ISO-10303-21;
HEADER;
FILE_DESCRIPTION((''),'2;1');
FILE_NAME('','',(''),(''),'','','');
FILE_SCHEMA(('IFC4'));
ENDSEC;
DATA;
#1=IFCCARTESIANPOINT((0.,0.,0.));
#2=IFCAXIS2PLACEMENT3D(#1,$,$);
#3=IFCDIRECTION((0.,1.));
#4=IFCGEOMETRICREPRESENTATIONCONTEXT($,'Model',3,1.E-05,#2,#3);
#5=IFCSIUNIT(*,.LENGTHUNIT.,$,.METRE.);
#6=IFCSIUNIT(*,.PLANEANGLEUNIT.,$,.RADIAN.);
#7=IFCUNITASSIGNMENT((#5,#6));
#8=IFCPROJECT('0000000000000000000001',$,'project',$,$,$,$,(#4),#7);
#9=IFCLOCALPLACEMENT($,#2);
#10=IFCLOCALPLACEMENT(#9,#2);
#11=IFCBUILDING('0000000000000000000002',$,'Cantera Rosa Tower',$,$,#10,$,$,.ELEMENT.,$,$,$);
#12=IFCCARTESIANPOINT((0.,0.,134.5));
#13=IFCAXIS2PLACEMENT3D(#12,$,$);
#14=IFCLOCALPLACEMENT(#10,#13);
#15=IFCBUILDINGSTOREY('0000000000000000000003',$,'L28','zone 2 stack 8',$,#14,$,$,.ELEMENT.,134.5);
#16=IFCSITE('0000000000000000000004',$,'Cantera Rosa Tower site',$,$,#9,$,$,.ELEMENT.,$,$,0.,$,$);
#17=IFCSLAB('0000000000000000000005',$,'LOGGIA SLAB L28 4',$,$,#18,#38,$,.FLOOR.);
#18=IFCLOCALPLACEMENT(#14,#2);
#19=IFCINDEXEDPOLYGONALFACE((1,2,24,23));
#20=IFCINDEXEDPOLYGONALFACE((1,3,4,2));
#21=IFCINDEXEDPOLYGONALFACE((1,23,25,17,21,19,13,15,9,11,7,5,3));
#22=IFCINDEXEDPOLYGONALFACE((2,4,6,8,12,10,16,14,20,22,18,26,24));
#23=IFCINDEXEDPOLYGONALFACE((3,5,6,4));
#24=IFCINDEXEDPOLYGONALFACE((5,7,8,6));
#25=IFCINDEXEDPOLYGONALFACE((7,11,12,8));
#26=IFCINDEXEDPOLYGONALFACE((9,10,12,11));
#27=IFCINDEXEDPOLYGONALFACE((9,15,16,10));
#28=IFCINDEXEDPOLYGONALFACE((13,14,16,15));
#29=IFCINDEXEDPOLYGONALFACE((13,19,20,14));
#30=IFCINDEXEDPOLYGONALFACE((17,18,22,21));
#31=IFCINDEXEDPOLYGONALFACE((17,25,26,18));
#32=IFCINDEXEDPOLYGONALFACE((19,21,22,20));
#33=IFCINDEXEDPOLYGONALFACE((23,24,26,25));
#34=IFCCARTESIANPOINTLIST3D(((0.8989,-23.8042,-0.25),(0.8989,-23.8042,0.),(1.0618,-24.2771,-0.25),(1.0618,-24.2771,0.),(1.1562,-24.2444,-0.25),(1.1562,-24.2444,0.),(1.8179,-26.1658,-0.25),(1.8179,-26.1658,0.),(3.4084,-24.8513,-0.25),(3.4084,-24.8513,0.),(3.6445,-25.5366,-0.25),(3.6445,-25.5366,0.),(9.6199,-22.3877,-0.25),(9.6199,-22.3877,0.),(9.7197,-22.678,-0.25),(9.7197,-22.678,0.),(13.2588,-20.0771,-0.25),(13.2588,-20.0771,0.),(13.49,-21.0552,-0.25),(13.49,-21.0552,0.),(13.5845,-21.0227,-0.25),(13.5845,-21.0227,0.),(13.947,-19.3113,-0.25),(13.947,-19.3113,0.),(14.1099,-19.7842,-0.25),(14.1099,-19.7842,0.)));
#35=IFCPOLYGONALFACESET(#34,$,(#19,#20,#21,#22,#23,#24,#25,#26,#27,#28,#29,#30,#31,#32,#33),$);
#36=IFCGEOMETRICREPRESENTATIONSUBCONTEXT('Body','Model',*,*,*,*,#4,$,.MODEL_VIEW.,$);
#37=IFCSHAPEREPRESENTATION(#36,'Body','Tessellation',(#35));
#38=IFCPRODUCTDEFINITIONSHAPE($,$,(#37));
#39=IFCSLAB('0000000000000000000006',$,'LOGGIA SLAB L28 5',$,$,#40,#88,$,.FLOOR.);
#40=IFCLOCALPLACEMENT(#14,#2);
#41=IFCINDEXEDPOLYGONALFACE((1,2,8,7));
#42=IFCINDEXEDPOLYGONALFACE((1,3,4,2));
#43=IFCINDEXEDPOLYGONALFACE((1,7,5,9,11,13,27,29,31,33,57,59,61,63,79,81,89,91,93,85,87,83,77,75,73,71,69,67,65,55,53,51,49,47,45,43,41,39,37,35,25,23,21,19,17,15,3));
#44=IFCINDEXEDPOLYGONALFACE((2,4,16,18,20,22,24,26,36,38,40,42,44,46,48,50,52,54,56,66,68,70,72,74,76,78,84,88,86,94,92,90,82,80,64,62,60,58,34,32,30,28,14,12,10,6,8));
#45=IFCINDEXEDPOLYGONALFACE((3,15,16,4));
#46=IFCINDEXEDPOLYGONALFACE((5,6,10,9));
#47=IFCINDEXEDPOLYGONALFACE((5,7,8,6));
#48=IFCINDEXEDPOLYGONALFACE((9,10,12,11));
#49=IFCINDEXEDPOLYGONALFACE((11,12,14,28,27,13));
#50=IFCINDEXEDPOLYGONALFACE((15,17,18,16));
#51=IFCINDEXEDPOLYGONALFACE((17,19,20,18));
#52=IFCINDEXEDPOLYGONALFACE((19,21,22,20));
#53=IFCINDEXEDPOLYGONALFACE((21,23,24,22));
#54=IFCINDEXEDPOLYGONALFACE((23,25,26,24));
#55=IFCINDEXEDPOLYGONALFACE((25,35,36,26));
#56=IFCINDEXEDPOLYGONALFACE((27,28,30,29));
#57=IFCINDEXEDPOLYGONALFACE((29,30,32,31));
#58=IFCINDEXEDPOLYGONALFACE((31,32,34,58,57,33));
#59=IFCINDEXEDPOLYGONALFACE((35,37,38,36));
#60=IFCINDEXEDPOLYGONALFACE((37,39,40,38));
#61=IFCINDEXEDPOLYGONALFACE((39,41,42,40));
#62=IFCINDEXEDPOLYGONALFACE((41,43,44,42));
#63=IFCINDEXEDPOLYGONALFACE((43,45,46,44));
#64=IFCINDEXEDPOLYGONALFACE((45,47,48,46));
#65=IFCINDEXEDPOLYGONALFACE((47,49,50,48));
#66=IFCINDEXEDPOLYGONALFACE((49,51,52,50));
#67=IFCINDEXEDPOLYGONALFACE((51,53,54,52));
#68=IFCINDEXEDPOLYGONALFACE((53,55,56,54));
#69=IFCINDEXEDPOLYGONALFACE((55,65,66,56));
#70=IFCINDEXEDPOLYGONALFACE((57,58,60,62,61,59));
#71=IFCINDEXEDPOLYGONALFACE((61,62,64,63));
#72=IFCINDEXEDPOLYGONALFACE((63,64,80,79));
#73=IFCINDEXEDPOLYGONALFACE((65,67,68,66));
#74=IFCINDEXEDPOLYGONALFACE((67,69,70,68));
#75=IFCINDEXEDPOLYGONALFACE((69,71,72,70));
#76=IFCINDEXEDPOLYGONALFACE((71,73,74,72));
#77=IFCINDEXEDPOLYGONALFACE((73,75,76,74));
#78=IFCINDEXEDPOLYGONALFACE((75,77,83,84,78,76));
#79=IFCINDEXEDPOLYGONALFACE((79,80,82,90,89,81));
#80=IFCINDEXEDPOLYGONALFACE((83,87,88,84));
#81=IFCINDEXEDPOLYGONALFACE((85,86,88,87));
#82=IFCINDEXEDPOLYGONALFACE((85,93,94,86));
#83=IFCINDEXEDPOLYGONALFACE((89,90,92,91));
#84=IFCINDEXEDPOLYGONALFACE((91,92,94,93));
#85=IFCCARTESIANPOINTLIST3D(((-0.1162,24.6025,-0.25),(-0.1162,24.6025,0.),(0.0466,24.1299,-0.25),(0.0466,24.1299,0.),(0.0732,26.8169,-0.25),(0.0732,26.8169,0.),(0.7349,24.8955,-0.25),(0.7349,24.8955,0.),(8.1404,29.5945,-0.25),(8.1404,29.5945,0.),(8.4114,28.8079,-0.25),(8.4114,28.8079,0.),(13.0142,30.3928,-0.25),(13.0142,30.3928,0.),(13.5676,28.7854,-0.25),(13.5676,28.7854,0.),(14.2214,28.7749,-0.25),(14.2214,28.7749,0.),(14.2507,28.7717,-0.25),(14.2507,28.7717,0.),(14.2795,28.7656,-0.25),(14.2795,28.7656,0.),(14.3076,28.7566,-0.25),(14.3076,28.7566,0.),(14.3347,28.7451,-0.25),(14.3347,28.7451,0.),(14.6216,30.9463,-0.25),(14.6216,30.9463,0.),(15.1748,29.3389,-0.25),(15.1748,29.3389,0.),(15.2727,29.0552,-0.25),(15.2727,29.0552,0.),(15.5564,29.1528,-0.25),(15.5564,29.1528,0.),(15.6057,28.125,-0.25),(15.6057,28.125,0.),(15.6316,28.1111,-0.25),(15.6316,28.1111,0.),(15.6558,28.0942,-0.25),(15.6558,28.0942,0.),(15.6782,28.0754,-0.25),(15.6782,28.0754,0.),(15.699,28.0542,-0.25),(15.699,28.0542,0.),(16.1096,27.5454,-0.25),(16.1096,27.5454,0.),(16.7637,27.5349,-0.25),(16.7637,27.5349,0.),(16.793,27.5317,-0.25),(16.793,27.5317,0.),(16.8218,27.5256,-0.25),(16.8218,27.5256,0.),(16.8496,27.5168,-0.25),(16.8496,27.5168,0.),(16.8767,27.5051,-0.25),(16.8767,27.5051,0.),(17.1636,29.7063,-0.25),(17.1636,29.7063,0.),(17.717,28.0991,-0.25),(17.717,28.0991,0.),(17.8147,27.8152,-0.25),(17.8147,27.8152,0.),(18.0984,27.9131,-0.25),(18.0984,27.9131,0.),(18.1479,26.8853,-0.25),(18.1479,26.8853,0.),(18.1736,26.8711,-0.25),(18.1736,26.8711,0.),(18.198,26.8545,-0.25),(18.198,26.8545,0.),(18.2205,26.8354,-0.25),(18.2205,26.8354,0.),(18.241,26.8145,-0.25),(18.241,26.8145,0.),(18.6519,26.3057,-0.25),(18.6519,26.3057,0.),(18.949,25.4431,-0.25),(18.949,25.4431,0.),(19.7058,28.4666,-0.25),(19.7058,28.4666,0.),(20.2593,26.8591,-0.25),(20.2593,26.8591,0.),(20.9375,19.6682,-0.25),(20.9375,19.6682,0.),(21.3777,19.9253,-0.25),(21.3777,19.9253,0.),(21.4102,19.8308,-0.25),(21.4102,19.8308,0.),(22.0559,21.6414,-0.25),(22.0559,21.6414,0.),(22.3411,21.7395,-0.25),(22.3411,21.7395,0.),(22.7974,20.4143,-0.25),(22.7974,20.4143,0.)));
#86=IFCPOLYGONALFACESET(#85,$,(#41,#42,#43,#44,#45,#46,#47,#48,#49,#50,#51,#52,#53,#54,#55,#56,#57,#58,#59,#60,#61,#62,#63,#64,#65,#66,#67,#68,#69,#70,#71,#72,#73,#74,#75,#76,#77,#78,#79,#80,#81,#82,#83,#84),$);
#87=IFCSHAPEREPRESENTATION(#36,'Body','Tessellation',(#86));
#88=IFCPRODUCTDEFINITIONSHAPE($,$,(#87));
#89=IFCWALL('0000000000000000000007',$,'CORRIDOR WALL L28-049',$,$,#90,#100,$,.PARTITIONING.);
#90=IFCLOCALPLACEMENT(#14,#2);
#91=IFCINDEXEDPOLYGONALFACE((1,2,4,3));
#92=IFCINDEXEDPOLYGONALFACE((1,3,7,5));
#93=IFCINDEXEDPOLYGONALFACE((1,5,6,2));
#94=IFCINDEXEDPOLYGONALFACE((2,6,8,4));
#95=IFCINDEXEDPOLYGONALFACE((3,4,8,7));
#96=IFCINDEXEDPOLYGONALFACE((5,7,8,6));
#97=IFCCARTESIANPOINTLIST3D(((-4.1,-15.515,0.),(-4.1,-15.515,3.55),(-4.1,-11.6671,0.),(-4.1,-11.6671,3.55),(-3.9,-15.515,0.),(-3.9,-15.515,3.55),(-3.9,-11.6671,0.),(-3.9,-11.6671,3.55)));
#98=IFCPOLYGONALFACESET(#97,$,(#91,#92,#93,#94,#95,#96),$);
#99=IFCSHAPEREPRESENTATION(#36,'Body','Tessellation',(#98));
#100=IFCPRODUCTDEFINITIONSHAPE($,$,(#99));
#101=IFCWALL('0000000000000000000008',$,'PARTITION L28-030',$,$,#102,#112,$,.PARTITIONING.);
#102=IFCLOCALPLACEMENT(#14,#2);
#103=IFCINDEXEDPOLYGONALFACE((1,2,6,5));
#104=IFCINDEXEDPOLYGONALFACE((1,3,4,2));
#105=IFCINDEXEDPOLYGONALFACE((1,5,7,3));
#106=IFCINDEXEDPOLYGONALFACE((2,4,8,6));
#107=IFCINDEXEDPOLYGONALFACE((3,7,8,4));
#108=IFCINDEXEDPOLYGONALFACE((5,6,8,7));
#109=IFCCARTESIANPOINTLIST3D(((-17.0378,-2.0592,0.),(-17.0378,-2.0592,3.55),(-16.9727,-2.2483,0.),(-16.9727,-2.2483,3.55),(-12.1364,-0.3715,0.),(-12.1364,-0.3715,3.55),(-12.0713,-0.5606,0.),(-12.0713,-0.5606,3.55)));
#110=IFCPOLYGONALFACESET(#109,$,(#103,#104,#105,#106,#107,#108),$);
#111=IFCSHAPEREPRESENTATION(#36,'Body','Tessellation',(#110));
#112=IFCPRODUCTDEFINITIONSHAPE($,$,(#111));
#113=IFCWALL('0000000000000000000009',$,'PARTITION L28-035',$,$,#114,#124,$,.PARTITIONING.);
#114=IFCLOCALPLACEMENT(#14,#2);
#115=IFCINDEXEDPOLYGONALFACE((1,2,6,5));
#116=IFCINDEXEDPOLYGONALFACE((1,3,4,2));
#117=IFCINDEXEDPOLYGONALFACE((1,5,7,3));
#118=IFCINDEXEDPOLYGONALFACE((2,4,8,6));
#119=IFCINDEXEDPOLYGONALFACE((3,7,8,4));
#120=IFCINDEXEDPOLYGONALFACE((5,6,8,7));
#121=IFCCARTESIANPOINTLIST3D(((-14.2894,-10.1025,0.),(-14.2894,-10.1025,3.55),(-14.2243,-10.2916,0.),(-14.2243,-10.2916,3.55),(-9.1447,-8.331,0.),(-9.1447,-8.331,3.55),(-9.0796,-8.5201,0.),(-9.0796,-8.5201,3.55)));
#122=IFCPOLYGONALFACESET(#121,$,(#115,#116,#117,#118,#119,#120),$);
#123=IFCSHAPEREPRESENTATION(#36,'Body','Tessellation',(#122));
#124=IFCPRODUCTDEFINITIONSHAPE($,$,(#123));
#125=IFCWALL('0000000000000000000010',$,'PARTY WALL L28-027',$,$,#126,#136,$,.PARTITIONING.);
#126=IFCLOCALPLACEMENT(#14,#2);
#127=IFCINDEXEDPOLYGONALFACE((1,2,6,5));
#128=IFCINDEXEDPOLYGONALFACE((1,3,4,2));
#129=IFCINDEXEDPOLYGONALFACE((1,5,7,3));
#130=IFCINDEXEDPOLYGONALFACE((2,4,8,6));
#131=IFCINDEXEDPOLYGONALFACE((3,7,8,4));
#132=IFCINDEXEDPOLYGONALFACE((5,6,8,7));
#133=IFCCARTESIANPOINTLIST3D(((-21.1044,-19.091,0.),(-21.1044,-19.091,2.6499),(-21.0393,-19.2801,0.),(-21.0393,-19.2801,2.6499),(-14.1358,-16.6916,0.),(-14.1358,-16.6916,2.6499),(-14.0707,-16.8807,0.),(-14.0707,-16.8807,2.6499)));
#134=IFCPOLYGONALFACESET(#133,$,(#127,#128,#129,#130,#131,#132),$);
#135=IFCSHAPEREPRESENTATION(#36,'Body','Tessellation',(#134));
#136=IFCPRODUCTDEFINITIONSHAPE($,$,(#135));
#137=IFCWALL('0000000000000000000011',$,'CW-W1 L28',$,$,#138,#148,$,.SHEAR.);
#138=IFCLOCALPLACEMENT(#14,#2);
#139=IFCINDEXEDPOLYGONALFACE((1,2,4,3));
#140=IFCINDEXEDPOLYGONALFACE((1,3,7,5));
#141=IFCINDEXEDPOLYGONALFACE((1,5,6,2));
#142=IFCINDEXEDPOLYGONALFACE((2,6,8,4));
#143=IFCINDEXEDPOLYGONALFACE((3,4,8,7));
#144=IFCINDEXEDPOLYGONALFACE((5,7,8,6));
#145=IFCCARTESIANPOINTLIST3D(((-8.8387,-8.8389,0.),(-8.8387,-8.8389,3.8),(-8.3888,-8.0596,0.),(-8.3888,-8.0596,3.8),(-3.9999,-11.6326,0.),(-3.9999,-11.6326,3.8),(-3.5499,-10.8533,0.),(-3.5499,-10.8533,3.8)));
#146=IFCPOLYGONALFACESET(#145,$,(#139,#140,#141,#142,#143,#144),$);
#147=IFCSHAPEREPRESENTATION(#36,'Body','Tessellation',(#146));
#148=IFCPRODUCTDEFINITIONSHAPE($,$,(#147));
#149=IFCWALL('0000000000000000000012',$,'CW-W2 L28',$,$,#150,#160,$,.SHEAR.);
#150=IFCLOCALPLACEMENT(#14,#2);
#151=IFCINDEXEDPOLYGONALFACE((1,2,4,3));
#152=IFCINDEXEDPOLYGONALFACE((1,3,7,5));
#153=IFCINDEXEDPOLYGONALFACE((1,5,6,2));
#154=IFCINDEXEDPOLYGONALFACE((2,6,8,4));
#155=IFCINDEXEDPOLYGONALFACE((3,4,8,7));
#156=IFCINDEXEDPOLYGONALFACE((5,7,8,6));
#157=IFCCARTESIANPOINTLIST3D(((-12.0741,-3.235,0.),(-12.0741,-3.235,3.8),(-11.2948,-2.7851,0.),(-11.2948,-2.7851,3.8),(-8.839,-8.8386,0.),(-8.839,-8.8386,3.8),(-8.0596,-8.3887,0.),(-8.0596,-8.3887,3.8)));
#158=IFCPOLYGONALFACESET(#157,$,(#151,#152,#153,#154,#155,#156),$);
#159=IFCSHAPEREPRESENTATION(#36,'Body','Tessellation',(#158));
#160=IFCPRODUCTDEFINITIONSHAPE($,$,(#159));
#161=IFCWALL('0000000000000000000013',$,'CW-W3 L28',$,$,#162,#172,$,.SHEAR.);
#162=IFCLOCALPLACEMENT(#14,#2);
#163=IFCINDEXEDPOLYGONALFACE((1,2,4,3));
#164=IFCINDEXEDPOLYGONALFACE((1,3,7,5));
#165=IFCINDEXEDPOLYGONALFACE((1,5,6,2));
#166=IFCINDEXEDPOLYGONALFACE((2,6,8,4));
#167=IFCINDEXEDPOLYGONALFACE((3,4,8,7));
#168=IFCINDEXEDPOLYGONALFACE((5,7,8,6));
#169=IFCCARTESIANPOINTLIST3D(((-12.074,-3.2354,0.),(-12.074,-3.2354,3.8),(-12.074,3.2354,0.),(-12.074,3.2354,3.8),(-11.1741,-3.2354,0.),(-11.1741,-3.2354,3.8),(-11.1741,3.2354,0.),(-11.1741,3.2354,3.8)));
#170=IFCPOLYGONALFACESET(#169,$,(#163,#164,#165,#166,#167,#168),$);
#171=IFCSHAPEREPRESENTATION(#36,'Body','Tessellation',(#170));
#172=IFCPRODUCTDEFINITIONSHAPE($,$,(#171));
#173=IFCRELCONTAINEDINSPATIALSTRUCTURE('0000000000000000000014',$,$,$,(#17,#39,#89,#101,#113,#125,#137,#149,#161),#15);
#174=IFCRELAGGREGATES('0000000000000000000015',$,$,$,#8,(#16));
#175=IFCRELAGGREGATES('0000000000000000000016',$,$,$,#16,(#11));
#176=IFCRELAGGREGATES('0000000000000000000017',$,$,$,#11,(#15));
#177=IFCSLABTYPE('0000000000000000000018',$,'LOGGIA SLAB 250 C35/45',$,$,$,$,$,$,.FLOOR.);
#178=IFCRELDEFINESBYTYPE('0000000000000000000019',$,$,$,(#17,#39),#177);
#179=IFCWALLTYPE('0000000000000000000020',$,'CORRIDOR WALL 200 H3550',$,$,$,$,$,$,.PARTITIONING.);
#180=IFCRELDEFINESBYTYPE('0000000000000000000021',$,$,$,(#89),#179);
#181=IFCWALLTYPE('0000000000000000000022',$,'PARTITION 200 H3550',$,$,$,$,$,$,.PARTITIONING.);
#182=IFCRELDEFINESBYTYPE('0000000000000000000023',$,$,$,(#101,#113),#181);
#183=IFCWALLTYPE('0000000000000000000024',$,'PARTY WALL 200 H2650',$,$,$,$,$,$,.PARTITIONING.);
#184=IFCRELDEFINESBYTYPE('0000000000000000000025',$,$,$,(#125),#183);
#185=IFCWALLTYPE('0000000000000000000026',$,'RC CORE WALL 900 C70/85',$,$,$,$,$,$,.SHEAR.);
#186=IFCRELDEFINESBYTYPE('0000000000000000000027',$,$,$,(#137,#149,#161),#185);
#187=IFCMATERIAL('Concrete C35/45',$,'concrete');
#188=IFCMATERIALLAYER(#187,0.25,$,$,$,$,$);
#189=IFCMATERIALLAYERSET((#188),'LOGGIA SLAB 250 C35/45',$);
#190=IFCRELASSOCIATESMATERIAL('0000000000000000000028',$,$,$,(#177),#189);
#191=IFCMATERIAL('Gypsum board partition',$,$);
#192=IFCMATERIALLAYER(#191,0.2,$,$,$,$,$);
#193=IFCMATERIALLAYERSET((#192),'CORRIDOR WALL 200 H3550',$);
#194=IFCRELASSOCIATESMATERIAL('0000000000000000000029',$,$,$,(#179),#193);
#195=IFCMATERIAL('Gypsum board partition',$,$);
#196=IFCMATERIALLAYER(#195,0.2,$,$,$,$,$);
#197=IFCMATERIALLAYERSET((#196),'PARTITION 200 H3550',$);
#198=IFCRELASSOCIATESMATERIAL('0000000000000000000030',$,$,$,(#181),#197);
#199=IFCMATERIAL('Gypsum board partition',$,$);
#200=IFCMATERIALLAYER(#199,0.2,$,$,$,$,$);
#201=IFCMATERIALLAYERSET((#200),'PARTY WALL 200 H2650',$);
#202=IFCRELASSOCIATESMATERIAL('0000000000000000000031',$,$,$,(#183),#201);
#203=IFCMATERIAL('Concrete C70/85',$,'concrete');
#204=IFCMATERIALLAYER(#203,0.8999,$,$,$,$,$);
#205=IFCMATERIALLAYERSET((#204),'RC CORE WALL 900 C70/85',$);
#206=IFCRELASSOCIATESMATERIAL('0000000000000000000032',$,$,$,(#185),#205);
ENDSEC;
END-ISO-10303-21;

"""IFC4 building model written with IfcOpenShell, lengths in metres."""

from ifc_helpers import new_model, si_unit, direction, frame, frame_2d, origin, place, context, subcontext, project, spatial, polyline, rectangle, outline, extrude, material, layer, layer_set, type_object, element, save


model = new_model("IFC4")

# Units and contexts
model_context = context("Model", 3, precision=1e-05, world=origin(), true_north=direction((0.0, 1.0)))
body_context = subcontext(model_context, "Body", "Model", "MODEL_VIEW")
ifc_project = project(units=[si_unit("LENGTHUNIT", "METRE"), si_unit("PLANEANGLEUNIT", "RADIAN")], contexts=[model_context])

# Site, building, storey
site_placement = place(None, origin())
site = spatial("IfcSite", under=ifc_project, at=site_placement, Name="Cantera Rosa Tower site", CompositionType="ELEMENT", RefElevation=0.0)
building_placement = place(site_placement, origin())
building = spatial("IfcBuilding", under=site, at=building_placement, Name="Cantera Rosa Tower", CompositionType="ELEMENT")
storey_placement = place(building_placement, frame((0.0, 0.0, 134.5)))
storey = spatial("IfcBuildingStorey", under=building, at=storey_placement, Name="L28", Description="zone 2 stack 8", CompositionType="ELEMENT", Elevation=134.5)

# Slabs
ifc_material_1 = material(Name="Concrete C35/45", Category="concrete")
ifc_layer_1 = layer(ifc_material_1, 0.25)
ifc_layer_set_1 = layer_set([ifc_layer_1], Name="LOGGIA SLAB 250 C35/45")
slab_type_1 = type_object("IfcSlabType", Name="LOGGIA SLAB 250 C35/45", PredefinedType="FLOOR", material=ifc_layer_set_1)
slab_1_placement = place(storey_placement, frame((0.0, 0.0, -0.25)))
element("IfcSlab", 1, at=slab_1_placement, inside=storey, type_object=slab_type_1, Name="LOGGIA SLAB L28 4", PredefinedType="FLOOR", context=body_context, shape_type="SweptSolid", body=[
    extrude(outline(polyline([(14.1099, -19.7842), (13.2588, -20.0771), (13.5845, -21.0227), (13.49, -21.0552), (9.6199, -22.3877), (9.7197, -22.678), (3.4084, -24.8513), (3.6445, -25.5366), (1.8179, -26.1658), (1.1562, -24.2444), (1.0618, -24.2771), (0.8989, -23.8042), (13.947, -19.3113), (14.1099, -19.7842)])), origin(), (0.0, 0.0, 1.0), 0.25),
])
slab_2_placement = place(storey_placement, frame((0.0, 0.0, -0.25)))
element("IfcSlab", 2, at=slab_2_placement, inside=storey, type_object=slab_type_1, Name="LOGGIA SLAB L28 5", PredefinedType="FLOOR", context=body_context, shape_type="SweptSolid", body=[
    extrude(outline(polyline([(15.2727, 29.0552), (15.5564, 29.1528), (17.1636, 29.7063), (17.717, 28.0991), (17.8147, 27.8152), (18.0984, 27.9131), (19.7058, 28.4666), (20.2593, 26.8591), (22.0559, 21.6414), (22.3411, 21.7395), (22.7974, 20.4143), (21.3777, 19.9253), (21.4102, 19.8308), (20.9375, 19.6682), (18.949, 25.4431), (18.6519, 26.3057), (18.241, 26.8145), (18.2205, 26.8354), (18.198, 26.8545), (18.1736, 26.8711), (18.1479, 26.8853), (16.8767, 27.5051), (16.8496, 27.5168), (16.8218, 27.5256), (16.793, 27.5317), (16.7637, 27.5349), (16.1096, 27.5454), (15.699, 28.0542), (15.6782, 28.0754), (15.6558, 28.0942), (15.6316, 28.1111), (15.6057, 28.125), (14.3347, 28.7451), (14.3076, 28.7566), (14.2795, 28.7656), (14.2507, 28.7717), (14.2214, 28.7749), (13.5676, 28.7854), (0.0466, 24.1299), (-0.1162, 24.6025), (0.7349, 24.8955), (0.0732, 26.8169), (8.1404, 29.5945), (8.4114, 28.8079), (13.0142, 30.3928), (14.6216, 30.9463), (15.1748, 29.3389), (15.2727, 29.0552)])), origin(), (0.0, 0.0, 1.0), 0.25),
])

# Walls
ifc_material_2 = material(Name="Gypsum board partition")
ifc_layer_2 = layer(ifc_material_2, 0.2)
ifc_layer_set_2 = layer_set([ifc_layer_2], Name="CORRIDOR WALL 200 H3550")
wall_type_1 = type_object("IfcWallType", Name="CORRIDOR WALL 200 H3550", PredefinedType="PARTITIONING", material=ifc_layer_set_2)
wall_1_placement = place(storey_placement, frame((-4.0, -11.6672, 0.0), z_axis=(0.0, 0.0, 1.0), x_axis=(0.0, -1.0, 0.0)))
element("IfcWall", 3, at=wall_1_placement, inside=storey, type_object=wall_type_1, Name="CORRIDOR WALL L28-049", PredefinedType="PARTITIONING", context=body_context, shape_type="SweptSolid", body=[
    extrude(rectangle(XDim=3.8479, YDim=0.2, at=frame_2d((1.9238, 0.0))), origin(), (0.0, 0.0, 1.0), 3.55),
])
ifc_material_3 = material(Name="Gypsum board partition")
ifc_layer_3 = layer(ifc_material_3, 0.2)
ifc_layer_set_3 = layer_set([ifc_layer_3], Name="PARTITION 200 H3550")
wall_type_2 = type_object("IfcWallType", Name="PARTITION 200 H3550", PredefinedType="PARTITIONING", material=ifc_layer_set_3)
wall_2_placement = place(storey_placement, frame((-12.104, -0.4661, 0.0), z_axis=(0.0, 0.0, 1.0), x_axis=(-0.945515, -0.32558, 0.0)))
element("IfcWall", 4, at=wall_2_placement, inside=storey, type_object=wall_type_2, Name="PARTITION L28-030", PredefinedType="PARTITIONING", context=body_context, shape_type="SweptSolid", body=[
    extrude(rectangle(XDim=5.1838, YDim=0.2, at=frame_2d((2.5918, 0.0))), origin(), (0.0, 0.0, 1.0), 3.55),
])
wall_3_placement = place(storey_placement, frame((-9.1121, -8.4255, 0.0), z_axis=(0.0, 0.0, 1.0), x_axis=(-0.945519, -0.325568, 0.0)))
element("IfcWall", 5, at=wall_3_placement, inside=storey, type_object=wall_type_2, Name="PARTITION L28-035", PredefinedType="PARTITIONING", context=body_context, shape_type="SweptSolid", body=[
    extrude(rectangle(XDim=5.4412, YDim=0.2, at=frame_2d((2.7207, 0.0))), origin(), (0.0, 0.0, 1.0), 3.55),
])
ifc_material_4 = material(Name="Gypsum board partition")
ifc_layer_4 = layer(ifc_material_4, 0.2)
ifc_layer_set_4 = layer_set([ifc_layer_4], Name="PARTY WALL 200 H2650")
wall_type_3 = type_object("IfcWallType", Name="PARTY WALL 200 H2650", PredefinedType="PARTITIONING", material=ifc_layer_set_4)
wall_4_placement = place(storey_placement, frame((-14.1033, -16.7861, 0.0), z_axis=(0.0, 0.0, 1.0), x_axis=(-0.94552, -0.325564, 0.0)))
element("IfcWall", 6, at=wall_4_placement, inside=storey, type_object=wall_type_3, Name="PARTY WALL L28-027", PredefinedType="PARTITIONING", context=body_context, shape_type="SweptSolid", body=[
    extrude(rectangle(XDim=7.3701, YDim=0.2, at=frame_2d((3.6851, 0.0))), origin(), (0.0, 0.0, 1.0), 2.6499),
])
ifc_material_5 = material(Name="Concrete C70/85", Category="concrete")
ifc_layer_5 = layer(ifc_material_5, 0.8999)
ifc_layer_set_5 = layer_set([ifc_layer_5], Name="RC CORE WALL 900 C70/85")
wall_type_4 = type_object("IfcWallType", Name="RC CORE WALL 900 C70/85", PredefinedType="SHEAR", material=ifc_layer_set_5)
wall_5_placement = place(storey_placement, frame((-3.7749, -11.2429, 0.0), z_axis=(0.0, 0.0, 1.0), x_axis=(-0.866027, 0.499997, 0.0)))
element("IfcWall", 7, at=wall_5_placement, inside=storey, type_object=wall_type_4, Name="CW-W1 L28", PredefinedType="SHEAR", context=body_context, shape_type="SweptSolid", body=[
    extrude(rectangle(XDim=5.5874, YDim=0.8999, at=frame_2d((2.7937, 0.0))), origin(), (0.0, 0.0, 1.0), 3.8),
])
wall_6_placement = place(storey_placement, frame((-8.4492, -8.6138, 0.0), z_axis=(0.0, 0.0, 1.0), x_axis=(-0.49999, 0.866031, 0.0)))
element("IfcWall", 8, at=wall_6_placement, inside=storey, type_object=wall_type_4, Name="CW-W2 L28", PredefinedType="SHEAR", context=body_context, shape_type="SweptSolid", body=[
    extrude(rectangle(XDim=6.4705, YDim=0.8999, at=frame_2d((3.2354, 0.0))), origin(), (0.0, 0.0, 1.0), 3.8),
])
wall_7_placement = place(storey_placement, frame((-11.624, -3.2354, 0.0), z_axis=(0.0, 0.0, 1.0), x_axis=(0.0, 1.0, 0.0)))
element("IfcWall", 9, at=wall_7_placement, inside=storey, type_object=wall_type_4, Name="CW-W3 L28", PredefinedType="SHEAR", context=body_context, shape_type="SweptSolid", body=[
    extrude(rectangle(XDim=6.4707, YDim=0.8999, at=frame_2d((3.2354, 0.0))), origin(), (0.0, 0.0, 1.0), 3.8),
])

save(model, "model.ifc")
